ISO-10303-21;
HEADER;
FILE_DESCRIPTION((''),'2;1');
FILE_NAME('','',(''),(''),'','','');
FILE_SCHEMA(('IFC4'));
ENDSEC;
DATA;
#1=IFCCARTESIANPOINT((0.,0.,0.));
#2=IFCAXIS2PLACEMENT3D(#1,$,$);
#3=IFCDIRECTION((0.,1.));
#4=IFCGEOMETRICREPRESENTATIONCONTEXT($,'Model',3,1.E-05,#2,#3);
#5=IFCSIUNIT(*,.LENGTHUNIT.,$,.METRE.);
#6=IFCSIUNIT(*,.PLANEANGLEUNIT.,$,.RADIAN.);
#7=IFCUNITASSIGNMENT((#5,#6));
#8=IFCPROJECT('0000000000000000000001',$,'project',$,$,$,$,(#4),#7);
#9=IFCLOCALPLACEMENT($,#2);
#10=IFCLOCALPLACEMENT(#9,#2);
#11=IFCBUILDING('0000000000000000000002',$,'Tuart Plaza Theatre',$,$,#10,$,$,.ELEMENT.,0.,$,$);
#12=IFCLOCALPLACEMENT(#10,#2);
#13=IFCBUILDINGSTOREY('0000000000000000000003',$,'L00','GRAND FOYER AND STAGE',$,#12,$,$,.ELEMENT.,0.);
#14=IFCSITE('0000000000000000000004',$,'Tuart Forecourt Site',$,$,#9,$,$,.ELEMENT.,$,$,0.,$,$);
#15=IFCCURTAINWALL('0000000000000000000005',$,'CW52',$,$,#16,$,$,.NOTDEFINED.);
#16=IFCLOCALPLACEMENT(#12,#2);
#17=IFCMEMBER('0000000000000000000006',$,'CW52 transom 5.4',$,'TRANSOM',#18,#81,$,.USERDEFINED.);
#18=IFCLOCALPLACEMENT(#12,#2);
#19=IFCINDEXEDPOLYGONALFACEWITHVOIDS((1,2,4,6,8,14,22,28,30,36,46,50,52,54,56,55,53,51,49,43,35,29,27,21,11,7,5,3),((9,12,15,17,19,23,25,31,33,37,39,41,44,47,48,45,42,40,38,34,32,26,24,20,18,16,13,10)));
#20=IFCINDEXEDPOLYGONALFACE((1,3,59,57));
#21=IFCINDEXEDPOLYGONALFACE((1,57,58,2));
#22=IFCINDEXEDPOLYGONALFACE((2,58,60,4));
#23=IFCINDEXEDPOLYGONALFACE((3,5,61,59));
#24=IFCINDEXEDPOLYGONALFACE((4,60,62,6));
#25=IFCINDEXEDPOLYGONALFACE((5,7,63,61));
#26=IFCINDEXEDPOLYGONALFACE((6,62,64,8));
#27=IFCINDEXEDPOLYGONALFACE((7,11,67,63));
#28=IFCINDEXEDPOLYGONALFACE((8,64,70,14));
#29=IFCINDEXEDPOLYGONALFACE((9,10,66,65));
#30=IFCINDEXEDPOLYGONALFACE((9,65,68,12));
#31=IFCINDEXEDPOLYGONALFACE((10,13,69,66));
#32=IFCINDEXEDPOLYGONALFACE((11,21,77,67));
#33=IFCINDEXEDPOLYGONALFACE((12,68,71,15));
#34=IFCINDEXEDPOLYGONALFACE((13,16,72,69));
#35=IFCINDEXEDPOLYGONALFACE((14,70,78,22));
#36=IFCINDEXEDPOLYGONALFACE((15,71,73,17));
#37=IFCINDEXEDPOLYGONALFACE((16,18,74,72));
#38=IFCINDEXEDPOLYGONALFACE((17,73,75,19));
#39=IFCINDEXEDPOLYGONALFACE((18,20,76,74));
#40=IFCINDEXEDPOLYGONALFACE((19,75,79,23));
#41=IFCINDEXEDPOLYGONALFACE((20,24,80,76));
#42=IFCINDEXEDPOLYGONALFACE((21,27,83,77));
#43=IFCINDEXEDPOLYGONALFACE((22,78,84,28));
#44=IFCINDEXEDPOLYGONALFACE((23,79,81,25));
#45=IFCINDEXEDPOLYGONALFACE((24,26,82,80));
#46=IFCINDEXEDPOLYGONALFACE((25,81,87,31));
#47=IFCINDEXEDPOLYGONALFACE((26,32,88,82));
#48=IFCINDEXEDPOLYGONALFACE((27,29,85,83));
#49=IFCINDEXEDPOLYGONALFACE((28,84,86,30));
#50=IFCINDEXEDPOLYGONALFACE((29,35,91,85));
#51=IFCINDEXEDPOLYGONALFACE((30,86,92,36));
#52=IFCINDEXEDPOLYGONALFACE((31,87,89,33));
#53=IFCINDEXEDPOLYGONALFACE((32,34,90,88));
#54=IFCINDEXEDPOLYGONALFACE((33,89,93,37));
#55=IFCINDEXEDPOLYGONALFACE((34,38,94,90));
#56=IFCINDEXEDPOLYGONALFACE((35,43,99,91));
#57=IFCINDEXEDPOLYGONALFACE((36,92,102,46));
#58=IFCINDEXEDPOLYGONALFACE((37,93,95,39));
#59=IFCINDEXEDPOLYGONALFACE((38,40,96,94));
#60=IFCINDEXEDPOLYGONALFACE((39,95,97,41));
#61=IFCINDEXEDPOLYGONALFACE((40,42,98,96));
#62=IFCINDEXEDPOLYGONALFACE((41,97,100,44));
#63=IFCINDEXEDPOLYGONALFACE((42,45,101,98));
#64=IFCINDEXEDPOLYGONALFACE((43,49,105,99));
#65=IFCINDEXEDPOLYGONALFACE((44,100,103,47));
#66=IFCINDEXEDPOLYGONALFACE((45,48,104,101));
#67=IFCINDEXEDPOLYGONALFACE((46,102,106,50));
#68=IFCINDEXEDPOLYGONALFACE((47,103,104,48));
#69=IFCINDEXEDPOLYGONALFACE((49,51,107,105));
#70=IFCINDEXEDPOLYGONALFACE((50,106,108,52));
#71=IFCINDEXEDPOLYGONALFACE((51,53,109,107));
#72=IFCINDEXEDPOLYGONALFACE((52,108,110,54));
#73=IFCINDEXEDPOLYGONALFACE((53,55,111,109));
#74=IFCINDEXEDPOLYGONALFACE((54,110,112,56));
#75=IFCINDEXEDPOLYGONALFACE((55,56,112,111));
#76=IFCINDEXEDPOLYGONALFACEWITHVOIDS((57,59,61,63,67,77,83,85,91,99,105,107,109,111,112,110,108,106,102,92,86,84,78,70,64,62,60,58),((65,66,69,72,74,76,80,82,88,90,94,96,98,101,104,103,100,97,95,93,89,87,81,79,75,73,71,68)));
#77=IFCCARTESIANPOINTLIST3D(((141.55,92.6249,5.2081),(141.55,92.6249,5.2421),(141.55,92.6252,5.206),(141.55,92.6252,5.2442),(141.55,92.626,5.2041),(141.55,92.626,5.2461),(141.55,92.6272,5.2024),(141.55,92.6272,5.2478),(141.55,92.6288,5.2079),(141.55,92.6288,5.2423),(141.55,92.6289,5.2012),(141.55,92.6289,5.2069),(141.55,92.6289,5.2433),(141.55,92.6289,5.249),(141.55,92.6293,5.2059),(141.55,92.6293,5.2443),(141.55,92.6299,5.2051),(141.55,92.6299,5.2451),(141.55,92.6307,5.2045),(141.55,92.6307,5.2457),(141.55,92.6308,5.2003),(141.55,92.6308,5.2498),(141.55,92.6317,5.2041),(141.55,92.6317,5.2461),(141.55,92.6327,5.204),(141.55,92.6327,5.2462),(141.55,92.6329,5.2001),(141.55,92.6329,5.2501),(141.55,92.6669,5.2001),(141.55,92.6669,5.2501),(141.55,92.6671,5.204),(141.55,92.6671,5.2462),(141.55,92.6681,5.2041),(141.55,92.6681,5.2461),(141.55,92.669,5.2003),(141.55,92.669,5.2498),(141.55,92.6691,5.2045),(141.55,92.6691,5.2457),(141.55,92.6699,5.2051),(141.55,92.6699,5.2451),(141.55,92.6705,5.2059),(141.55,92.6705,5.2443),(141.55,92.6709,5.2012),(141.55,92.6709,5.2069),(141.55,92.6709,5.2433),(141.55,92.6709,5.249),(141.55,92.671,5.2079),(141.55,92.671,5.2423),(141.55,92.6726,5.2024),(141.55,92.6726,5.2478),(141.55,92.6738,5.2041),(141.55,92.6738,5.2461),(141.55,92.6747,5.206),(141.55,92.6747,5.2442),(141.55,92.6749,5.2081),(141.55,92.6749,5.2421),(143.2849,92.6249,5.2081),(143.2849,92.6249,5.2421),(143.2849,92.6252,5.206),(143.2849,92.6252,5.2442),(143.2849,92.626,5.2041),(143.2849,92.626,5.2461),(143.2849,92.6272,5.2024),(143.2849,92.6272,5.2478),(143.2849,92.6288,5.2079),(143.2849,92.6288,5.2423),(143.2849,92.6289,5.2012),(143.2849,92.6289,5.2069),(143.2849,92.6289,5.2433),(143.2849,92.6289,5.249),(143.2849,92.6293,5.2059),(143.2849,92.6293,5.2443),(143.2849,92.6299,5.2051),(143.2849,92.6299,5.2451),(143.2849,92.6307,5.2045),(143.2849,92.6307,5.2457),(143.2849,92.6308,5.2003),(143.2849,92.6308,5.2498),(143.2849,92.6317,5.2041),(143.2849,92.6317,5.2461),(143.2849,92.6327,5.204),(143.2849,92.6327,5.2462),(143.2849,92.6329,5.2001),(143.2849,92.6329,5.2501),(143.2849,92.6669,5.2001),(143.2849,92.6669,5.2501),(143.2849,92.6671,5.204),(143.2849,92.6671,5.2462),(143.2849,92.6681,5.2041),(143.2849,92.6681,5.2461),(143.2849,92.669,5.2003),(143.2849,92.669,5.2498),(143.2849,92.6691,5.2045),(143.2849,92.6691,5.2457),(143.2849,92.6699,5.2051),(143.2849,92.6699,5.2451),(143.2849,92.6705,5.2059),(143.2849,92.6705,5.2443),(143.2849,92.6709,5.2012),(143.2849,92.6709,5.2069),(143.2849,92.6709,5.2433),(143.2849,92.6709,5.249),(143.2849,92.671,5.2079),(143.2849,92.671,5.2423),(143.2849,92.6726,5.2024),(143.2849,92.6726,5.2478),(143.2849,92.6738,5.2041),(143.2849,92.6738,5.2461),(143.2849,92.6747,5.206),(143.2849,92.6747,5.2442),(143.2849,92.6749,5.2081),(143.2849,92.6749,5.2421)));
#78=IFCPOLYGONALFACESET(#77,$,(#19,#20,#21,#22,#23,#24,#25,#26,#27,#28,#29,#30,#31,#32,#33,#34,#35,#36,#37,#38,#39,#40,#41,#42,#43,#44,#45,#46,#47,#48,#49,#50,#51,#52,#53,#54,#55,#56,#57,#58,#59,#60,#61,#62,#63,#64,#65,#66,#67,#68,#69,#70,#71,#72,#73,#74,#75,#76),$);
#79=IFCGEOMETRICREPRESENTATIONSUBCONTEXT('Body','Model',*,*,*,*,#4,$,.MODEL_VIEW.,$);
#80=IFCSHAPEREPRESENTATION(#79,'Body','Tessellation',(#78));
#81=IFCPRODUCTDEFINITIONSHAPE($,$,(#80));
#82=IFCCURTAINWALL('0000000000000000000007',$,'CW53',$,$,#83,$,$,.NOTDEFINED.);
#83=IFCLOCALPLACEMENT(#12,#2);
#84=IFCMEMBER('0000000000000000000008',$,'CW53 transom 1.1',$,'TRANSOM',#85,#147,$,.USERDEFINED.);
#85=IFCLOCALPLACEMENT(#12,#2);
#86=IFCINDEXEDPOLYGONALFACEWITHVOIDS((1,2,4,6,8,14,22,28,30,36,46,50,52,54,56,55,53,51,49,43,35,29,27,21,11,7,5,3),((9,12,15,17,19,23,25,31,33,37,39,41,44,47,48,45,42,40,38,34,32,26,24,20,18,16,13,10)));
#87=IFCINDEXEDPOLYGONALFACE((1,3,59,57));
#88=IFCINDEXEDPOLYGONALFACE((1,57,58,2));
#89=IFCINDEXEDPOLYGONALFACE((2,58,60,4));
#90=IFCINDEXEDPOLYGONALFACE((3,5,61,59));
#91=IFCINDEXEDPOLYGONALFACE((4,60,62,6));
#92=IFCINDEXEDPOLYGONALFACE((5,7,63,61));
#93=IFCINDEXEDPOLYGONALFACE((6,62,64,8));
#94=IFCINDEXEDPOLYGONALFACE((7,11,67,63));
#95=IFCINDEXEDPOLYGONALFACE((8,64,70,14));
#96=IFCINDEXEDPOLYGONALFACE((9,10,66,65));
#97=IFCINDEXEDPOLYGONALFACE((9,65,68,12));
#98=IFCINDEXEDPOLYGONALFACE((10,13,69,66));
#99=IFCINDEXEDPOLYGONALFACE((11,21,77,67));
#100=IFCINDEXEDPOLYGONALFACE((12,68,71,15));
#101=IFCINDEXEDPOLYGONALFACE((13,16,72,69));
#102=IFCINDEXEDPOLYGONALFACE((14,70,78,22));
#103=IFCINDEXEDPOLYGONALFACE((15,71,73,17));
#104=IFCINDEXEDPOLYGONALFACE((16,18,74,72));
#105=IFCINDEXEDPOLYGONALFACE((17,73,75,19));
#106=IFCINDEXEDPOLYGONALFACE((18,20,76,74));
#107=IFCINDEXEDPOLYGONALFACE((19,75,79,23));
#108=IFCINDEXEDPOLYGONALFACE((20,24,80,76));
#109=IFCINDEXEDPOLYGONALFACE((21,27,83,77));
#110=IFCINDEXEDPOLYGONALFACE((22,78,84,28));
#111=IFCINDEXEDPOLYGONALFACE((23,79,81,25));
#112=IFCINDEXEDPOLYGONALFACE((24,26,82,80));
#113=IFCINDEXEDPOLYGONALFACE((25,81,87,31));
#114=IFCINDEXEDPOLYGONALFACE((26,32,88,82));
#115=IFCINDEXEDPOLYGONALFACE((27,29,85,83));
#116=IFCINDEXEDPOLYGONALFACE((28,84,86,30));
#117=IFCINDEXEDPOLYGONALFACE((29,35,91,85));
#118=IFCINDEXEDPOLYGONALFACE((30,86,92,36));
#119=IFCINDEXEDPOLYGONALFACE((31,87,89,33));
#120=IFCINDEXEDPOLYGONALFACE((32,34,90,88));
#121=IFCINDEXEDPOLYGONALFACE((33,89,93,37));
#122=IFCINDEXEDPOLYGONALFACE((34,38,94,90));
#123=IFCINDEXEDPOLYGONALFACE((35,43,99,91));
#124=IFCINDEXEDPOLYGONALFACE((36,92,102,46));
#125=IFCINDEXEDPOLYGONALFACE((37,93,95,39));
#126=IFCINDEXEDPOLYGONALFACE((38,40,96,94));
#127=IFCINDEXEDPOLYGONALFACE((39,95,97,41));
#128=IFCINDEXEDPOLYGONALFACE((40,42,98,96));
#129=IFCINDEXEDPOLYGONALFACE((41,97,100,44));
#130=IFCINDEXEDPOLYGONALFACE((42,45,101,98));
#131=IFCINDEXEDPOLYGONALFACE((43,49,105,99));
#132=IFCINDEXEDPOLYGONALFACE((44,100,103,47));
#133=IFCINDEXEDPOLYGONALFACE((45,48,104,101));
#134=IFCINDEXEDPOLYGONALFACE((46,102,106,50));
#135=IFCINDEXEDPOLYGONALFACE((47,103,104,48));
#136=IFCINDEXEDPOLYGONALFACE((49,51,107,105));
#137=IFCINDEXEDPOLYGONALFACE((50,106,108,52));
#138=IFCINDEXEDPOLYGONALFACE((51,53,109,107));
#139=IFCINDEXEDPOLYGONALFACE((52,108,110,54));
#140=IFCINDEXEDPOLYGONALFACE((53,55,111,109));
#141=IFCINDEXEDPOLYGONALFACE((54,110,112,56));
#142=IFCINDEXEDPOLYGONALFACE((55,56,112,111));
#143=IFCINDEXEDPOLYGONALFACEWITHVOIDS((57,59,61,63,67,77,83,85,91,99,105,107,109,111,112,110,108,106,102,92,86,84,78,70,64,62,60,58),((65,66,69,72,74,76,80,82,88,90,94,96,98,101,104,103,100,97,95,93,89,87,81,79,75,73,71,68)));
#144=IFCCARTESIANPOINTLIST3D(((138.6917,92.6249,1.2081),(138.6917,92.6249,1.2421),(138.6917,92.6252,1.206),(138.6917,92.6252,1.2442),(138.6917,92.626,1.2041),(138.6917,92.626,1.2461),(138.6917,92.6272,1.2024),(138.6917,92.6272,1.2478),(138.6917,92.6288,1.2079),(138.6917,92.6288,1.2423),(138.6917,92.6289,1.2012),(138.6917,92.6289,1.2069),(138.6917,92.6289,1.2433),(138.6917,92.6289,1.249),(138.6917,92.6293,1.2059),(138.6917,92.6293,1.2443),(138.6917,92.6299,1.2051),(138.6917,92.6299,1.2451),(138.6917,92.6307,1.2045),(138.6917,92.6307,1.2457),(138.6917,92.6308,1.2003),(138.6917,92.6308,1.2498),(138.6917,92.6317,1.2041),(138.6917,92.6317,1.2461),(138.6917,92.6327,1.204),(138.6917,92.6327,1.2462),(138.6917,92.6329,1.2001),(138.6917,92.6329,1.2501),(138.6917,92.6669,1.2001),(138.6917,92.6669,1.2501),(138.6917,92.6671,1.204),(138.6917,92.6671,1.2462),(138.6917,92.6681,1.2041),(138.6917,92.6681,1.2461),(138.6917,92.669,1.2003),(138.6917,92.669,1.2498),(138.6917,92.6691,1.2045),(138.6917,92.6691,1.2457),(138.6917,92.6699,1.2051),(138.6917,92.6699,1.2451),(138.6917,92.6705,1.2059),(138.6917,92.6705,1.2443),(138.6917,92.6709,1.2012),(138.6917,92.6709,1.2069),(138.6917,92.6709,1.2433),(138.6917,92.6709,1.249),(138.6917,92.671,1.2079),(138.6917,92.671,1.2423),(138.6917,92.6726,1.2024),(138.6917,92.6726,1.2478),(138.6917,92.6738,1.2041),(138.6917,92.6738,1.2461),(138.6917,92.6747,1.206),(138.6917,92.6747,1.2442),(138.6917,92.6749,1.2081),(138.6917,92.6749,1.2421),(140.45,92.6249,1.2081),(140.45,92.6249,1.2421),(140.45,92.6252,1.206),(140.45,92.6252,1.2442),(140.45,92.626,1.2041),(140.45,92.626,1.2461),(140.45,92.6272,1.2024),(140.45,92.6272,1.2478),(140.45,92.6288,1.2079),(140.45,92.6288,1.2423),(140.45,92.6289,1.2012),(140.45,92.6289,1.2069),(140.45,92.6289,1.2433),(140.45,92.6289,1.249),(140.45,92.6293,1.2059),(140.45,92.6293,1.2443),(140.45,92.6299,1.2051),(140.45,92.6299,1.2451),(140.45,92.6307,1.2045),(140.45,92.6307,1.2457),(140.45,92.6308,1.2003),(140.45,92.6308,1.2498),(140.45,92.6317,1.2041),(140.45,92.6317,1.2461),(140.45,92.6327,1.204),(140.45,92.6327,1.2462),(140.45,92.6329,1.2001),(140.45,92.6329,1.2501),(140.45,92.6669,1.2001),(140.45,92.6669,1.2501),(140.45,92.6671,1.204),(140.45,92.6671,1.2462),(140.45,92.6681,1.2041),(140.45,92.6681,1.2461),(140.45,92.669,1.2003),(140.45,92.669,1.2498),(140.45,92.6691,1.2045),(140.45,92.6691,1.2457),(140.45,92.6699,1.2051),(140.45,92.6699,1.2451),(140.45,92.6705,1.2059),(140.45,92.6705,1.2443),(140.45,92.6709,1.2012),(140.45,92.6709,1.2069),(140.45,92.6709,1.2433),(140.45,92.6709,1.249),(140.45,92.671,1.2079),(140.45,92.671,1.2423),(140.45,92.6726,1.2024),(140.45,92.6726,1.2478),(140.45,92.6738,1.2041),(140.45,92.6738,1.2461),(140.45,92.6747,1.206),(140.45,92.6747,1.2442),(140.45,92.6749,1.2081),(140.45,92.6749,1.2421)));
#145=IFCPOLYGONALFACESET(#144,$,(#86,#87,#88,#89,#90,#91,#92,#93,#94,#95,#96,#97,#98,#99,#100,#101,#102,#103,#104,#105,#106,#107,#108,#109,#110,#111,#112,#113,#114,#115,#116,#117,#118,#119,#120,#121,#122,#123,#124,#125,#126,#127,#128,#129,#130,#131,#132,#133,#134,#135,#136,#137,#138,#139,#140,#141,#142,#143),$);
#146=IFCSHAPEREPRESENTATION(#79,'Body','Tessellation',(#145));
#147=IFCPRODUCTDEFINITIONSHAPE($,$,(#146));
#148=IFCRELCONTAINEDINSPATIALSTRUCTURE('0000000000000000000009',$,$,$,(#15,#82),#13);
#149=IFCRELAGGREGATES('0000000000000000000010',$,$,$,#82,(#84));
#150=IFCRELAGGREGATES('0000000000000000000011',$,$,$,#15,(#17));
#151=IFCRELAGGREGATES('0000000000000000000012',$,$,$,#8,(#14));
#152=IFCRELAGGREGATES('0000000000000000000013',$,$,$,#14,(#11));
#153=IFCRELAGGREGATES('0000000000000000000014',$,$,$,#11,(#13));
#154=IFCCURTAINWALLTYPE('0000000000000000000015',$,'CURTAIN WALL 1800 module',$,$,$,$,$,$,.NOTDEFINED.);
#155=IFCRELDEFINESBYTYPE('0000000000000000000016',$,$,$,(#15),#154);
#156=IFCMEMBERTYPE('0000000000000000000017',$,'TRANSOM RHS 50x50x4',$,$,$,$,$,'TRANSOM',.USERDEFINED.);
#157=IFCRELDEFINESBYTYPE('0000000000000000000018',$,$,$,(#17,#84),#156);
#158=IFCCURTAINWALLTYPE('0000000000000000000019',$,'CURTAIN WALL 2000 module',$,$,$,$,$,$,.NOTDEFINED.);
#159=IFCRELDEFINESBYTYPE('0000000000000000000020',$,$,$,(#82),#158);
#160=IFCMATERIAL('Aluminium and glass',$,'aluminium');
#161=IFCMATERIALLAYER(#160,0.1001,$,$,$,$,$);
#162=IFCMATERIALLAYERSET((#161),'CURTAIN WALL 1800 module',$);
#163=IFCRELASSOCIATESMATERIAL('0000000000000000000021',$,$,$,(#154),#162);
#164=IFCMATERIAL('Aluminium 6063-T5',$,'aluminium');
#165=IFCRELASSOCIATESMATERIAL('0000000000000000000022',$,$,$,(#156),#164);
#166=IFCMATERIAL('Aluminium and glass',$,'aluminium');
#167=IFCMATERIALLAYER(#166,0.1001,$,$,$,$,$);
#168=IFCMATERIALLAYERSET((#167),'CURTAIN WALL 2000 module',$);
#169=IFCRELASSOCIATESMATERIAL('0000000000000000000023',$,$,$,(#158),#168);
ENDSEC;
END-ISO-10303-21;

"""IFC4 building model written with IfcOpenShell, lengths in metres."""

from ifc_helpers import new_model, si_unit, direction, frame, origin, origin_2d, place, context, subcontext, project, spatial, hollow_rectangle, extrude, material, layer, layer_set, material_profile, profile_set, type_object, element, aggregate, save


model = new_model("IFC4")

# Units and contexts
model_context = context("Model", 3, precision=1e-05, world=origin(), true_north=direction((0.0, 1.0)))
body_context = subcontext(model_context, "Body", "Model", "MODEL_VIEW")
ifc_project = project(units=[si_unit("LENGTHUNIT", "METRE"), si_unit("PLANEANGLEUNIT", "RADIAN")], contexts=[model_context])

# Site, building, storey
site_placement = place(None, origin())
site = spatial("IfcSite", under=ifc_project, at=site_placement, Name="Tuart Forecourt Site", CompositionType="ELEMENT", RefElevation=0.0)
building_placement = place(site_placement, origin())
building = spatial("IfcBuilding", under=site, at=building_placement, Name="Tuart Plaza Theatre", CompositionType="ELEMENT", ElevationOfRefHeight=0.0)
storey_placement = place(building_placement, origin())
storey = spatial("IfcBuildingStorey", under=building, at=storey_placement, Name="L00", Description="GRAND FOYER AND STAGE", CompositionType="ELEMENT", Elevation=0.0)

# Curtain walls, members
ifc_material_1 = material(Name="Aluminium and glass", Category="aluminium")
ifc_layer_1 = layer(ifc_material_1, 0.1001)
ifc_layer_set_1 = layer_set([ifc_layer_1], Name="CURTAIN WALL 1800 module")
curtain_wall_type_1 = type_object("IfcCurtainWallType", Name="CURTAIN WALL 1800 module", PredefinedType="NOTDEFINED", material=ifc_layer_set_1)
curtain_wall_1_placement = place(storey_placement, origin())
curtain_wall_1 = element("IfcCurtainWall", 1, at=curtain_wall_1_placement, inside=storey, type_object=curtain_wall_type_1, Name="CW52", PredefinedType="NOTDEFINED")
ifc_material_2 = material(Name="Aluminium 6063-T5", Category="aluminium")
ifc_material_profile_1 = material_profile(ifc_material_2, hollow_rectangle(XDim=0.05, YDim=0.05, WallThickness=0.0039, InnerFilletRadius=0.0039, OuterFilletRadius=0.0081, at=origin_2d()), Name="RHS 50x50x4")
ifc_profile_set_1 = profile_set([ifc_material_profile_1], Name="Aluminium 6063-T5")
member_type_1 = type_object("IfcMemberType", Name="TRANSOM RHS 50x50x4", ElementType="TRANSOM", PredefinedType="USERDEFINED", material=ifc_profile_set_1)
member_1_placement = place(storey_placement, frame((143.2849, 92.6499, 5.2251), z_axis=(-1.0, 0.0, 0.0), x_axis=(0.0, -1.0, 0.0)))
member_1 = element("IfcMember", 2, at=member_1_placement, type_object=member_type_1, Name="CW52 transom 5.4", ObjectType="TRANSOM", PredefinedType="USERDEFINED", context=body_context, shape_type="SweptSolid", body=[
    extrude(hollow_rectangle(XDim=0.05, YDim=0.05, WallThickness=0.0039, InnerFilletRadius=0.0039, OuterFilletRadius=0.0081, at=origin_2d()), origin(), (0.0, 0.0, 1.0), 1.7349),
])
ifc_material_3 = material(Name="Aluminium and glass", Category="aluminium")
ifc_layer_2 = layer(ifc_material_3, 0.1001)
ifc_layer_set_2 = layer_set([ifc_layer_2], Name="CURTAIN WALL 2000 module")
curtain_wall_type_2 = type_object("IfcCurtainWallType", Name="CURTAIN WALL 2000 module", PredefinedType="NOTDEFINED", material=ifc_layer_set_2)
curtain_wall_2_placement = place(storey_placement, origin())
curtain_wall_2 = element("IfcCurtainWall", 3, at=curtain_wall_2_placement, inside=storey, type_object=curtain_wall_type_2, Name="CW53", PredefinedType="NOTDEFINED")
member_2_placement = place(storey_placement, frame((140.45, 92.6499, 1.2251), z_axis=(-1.0, 0.0, 0.0), x_axis=(0.0, -1.0, 0.0)))
member_2 = element("IfcMember", 4, at=member_2_placement, type_object=member_type_1, Name="CW53 transom 1.1", ObjectType="TRANSOM", PredefinedType="USERDEFINED", context=body_context, shape_type="SweptSolid", body=[
    extrude(hollow_rectangle(XDim=0.05, YDim=0.05, WallThickness=0.0039, InnerFilletRadius=0.0039, OuterFilletRadius=0.0081, at=origin_2d()), origin(), (0.0, 0.0, 1.0), 1.7583),
])
aggregate(curtain_wall_2, [member_2])

aggregate(curtain_wall_1, [member_1])

save(model, "model.ifc")
